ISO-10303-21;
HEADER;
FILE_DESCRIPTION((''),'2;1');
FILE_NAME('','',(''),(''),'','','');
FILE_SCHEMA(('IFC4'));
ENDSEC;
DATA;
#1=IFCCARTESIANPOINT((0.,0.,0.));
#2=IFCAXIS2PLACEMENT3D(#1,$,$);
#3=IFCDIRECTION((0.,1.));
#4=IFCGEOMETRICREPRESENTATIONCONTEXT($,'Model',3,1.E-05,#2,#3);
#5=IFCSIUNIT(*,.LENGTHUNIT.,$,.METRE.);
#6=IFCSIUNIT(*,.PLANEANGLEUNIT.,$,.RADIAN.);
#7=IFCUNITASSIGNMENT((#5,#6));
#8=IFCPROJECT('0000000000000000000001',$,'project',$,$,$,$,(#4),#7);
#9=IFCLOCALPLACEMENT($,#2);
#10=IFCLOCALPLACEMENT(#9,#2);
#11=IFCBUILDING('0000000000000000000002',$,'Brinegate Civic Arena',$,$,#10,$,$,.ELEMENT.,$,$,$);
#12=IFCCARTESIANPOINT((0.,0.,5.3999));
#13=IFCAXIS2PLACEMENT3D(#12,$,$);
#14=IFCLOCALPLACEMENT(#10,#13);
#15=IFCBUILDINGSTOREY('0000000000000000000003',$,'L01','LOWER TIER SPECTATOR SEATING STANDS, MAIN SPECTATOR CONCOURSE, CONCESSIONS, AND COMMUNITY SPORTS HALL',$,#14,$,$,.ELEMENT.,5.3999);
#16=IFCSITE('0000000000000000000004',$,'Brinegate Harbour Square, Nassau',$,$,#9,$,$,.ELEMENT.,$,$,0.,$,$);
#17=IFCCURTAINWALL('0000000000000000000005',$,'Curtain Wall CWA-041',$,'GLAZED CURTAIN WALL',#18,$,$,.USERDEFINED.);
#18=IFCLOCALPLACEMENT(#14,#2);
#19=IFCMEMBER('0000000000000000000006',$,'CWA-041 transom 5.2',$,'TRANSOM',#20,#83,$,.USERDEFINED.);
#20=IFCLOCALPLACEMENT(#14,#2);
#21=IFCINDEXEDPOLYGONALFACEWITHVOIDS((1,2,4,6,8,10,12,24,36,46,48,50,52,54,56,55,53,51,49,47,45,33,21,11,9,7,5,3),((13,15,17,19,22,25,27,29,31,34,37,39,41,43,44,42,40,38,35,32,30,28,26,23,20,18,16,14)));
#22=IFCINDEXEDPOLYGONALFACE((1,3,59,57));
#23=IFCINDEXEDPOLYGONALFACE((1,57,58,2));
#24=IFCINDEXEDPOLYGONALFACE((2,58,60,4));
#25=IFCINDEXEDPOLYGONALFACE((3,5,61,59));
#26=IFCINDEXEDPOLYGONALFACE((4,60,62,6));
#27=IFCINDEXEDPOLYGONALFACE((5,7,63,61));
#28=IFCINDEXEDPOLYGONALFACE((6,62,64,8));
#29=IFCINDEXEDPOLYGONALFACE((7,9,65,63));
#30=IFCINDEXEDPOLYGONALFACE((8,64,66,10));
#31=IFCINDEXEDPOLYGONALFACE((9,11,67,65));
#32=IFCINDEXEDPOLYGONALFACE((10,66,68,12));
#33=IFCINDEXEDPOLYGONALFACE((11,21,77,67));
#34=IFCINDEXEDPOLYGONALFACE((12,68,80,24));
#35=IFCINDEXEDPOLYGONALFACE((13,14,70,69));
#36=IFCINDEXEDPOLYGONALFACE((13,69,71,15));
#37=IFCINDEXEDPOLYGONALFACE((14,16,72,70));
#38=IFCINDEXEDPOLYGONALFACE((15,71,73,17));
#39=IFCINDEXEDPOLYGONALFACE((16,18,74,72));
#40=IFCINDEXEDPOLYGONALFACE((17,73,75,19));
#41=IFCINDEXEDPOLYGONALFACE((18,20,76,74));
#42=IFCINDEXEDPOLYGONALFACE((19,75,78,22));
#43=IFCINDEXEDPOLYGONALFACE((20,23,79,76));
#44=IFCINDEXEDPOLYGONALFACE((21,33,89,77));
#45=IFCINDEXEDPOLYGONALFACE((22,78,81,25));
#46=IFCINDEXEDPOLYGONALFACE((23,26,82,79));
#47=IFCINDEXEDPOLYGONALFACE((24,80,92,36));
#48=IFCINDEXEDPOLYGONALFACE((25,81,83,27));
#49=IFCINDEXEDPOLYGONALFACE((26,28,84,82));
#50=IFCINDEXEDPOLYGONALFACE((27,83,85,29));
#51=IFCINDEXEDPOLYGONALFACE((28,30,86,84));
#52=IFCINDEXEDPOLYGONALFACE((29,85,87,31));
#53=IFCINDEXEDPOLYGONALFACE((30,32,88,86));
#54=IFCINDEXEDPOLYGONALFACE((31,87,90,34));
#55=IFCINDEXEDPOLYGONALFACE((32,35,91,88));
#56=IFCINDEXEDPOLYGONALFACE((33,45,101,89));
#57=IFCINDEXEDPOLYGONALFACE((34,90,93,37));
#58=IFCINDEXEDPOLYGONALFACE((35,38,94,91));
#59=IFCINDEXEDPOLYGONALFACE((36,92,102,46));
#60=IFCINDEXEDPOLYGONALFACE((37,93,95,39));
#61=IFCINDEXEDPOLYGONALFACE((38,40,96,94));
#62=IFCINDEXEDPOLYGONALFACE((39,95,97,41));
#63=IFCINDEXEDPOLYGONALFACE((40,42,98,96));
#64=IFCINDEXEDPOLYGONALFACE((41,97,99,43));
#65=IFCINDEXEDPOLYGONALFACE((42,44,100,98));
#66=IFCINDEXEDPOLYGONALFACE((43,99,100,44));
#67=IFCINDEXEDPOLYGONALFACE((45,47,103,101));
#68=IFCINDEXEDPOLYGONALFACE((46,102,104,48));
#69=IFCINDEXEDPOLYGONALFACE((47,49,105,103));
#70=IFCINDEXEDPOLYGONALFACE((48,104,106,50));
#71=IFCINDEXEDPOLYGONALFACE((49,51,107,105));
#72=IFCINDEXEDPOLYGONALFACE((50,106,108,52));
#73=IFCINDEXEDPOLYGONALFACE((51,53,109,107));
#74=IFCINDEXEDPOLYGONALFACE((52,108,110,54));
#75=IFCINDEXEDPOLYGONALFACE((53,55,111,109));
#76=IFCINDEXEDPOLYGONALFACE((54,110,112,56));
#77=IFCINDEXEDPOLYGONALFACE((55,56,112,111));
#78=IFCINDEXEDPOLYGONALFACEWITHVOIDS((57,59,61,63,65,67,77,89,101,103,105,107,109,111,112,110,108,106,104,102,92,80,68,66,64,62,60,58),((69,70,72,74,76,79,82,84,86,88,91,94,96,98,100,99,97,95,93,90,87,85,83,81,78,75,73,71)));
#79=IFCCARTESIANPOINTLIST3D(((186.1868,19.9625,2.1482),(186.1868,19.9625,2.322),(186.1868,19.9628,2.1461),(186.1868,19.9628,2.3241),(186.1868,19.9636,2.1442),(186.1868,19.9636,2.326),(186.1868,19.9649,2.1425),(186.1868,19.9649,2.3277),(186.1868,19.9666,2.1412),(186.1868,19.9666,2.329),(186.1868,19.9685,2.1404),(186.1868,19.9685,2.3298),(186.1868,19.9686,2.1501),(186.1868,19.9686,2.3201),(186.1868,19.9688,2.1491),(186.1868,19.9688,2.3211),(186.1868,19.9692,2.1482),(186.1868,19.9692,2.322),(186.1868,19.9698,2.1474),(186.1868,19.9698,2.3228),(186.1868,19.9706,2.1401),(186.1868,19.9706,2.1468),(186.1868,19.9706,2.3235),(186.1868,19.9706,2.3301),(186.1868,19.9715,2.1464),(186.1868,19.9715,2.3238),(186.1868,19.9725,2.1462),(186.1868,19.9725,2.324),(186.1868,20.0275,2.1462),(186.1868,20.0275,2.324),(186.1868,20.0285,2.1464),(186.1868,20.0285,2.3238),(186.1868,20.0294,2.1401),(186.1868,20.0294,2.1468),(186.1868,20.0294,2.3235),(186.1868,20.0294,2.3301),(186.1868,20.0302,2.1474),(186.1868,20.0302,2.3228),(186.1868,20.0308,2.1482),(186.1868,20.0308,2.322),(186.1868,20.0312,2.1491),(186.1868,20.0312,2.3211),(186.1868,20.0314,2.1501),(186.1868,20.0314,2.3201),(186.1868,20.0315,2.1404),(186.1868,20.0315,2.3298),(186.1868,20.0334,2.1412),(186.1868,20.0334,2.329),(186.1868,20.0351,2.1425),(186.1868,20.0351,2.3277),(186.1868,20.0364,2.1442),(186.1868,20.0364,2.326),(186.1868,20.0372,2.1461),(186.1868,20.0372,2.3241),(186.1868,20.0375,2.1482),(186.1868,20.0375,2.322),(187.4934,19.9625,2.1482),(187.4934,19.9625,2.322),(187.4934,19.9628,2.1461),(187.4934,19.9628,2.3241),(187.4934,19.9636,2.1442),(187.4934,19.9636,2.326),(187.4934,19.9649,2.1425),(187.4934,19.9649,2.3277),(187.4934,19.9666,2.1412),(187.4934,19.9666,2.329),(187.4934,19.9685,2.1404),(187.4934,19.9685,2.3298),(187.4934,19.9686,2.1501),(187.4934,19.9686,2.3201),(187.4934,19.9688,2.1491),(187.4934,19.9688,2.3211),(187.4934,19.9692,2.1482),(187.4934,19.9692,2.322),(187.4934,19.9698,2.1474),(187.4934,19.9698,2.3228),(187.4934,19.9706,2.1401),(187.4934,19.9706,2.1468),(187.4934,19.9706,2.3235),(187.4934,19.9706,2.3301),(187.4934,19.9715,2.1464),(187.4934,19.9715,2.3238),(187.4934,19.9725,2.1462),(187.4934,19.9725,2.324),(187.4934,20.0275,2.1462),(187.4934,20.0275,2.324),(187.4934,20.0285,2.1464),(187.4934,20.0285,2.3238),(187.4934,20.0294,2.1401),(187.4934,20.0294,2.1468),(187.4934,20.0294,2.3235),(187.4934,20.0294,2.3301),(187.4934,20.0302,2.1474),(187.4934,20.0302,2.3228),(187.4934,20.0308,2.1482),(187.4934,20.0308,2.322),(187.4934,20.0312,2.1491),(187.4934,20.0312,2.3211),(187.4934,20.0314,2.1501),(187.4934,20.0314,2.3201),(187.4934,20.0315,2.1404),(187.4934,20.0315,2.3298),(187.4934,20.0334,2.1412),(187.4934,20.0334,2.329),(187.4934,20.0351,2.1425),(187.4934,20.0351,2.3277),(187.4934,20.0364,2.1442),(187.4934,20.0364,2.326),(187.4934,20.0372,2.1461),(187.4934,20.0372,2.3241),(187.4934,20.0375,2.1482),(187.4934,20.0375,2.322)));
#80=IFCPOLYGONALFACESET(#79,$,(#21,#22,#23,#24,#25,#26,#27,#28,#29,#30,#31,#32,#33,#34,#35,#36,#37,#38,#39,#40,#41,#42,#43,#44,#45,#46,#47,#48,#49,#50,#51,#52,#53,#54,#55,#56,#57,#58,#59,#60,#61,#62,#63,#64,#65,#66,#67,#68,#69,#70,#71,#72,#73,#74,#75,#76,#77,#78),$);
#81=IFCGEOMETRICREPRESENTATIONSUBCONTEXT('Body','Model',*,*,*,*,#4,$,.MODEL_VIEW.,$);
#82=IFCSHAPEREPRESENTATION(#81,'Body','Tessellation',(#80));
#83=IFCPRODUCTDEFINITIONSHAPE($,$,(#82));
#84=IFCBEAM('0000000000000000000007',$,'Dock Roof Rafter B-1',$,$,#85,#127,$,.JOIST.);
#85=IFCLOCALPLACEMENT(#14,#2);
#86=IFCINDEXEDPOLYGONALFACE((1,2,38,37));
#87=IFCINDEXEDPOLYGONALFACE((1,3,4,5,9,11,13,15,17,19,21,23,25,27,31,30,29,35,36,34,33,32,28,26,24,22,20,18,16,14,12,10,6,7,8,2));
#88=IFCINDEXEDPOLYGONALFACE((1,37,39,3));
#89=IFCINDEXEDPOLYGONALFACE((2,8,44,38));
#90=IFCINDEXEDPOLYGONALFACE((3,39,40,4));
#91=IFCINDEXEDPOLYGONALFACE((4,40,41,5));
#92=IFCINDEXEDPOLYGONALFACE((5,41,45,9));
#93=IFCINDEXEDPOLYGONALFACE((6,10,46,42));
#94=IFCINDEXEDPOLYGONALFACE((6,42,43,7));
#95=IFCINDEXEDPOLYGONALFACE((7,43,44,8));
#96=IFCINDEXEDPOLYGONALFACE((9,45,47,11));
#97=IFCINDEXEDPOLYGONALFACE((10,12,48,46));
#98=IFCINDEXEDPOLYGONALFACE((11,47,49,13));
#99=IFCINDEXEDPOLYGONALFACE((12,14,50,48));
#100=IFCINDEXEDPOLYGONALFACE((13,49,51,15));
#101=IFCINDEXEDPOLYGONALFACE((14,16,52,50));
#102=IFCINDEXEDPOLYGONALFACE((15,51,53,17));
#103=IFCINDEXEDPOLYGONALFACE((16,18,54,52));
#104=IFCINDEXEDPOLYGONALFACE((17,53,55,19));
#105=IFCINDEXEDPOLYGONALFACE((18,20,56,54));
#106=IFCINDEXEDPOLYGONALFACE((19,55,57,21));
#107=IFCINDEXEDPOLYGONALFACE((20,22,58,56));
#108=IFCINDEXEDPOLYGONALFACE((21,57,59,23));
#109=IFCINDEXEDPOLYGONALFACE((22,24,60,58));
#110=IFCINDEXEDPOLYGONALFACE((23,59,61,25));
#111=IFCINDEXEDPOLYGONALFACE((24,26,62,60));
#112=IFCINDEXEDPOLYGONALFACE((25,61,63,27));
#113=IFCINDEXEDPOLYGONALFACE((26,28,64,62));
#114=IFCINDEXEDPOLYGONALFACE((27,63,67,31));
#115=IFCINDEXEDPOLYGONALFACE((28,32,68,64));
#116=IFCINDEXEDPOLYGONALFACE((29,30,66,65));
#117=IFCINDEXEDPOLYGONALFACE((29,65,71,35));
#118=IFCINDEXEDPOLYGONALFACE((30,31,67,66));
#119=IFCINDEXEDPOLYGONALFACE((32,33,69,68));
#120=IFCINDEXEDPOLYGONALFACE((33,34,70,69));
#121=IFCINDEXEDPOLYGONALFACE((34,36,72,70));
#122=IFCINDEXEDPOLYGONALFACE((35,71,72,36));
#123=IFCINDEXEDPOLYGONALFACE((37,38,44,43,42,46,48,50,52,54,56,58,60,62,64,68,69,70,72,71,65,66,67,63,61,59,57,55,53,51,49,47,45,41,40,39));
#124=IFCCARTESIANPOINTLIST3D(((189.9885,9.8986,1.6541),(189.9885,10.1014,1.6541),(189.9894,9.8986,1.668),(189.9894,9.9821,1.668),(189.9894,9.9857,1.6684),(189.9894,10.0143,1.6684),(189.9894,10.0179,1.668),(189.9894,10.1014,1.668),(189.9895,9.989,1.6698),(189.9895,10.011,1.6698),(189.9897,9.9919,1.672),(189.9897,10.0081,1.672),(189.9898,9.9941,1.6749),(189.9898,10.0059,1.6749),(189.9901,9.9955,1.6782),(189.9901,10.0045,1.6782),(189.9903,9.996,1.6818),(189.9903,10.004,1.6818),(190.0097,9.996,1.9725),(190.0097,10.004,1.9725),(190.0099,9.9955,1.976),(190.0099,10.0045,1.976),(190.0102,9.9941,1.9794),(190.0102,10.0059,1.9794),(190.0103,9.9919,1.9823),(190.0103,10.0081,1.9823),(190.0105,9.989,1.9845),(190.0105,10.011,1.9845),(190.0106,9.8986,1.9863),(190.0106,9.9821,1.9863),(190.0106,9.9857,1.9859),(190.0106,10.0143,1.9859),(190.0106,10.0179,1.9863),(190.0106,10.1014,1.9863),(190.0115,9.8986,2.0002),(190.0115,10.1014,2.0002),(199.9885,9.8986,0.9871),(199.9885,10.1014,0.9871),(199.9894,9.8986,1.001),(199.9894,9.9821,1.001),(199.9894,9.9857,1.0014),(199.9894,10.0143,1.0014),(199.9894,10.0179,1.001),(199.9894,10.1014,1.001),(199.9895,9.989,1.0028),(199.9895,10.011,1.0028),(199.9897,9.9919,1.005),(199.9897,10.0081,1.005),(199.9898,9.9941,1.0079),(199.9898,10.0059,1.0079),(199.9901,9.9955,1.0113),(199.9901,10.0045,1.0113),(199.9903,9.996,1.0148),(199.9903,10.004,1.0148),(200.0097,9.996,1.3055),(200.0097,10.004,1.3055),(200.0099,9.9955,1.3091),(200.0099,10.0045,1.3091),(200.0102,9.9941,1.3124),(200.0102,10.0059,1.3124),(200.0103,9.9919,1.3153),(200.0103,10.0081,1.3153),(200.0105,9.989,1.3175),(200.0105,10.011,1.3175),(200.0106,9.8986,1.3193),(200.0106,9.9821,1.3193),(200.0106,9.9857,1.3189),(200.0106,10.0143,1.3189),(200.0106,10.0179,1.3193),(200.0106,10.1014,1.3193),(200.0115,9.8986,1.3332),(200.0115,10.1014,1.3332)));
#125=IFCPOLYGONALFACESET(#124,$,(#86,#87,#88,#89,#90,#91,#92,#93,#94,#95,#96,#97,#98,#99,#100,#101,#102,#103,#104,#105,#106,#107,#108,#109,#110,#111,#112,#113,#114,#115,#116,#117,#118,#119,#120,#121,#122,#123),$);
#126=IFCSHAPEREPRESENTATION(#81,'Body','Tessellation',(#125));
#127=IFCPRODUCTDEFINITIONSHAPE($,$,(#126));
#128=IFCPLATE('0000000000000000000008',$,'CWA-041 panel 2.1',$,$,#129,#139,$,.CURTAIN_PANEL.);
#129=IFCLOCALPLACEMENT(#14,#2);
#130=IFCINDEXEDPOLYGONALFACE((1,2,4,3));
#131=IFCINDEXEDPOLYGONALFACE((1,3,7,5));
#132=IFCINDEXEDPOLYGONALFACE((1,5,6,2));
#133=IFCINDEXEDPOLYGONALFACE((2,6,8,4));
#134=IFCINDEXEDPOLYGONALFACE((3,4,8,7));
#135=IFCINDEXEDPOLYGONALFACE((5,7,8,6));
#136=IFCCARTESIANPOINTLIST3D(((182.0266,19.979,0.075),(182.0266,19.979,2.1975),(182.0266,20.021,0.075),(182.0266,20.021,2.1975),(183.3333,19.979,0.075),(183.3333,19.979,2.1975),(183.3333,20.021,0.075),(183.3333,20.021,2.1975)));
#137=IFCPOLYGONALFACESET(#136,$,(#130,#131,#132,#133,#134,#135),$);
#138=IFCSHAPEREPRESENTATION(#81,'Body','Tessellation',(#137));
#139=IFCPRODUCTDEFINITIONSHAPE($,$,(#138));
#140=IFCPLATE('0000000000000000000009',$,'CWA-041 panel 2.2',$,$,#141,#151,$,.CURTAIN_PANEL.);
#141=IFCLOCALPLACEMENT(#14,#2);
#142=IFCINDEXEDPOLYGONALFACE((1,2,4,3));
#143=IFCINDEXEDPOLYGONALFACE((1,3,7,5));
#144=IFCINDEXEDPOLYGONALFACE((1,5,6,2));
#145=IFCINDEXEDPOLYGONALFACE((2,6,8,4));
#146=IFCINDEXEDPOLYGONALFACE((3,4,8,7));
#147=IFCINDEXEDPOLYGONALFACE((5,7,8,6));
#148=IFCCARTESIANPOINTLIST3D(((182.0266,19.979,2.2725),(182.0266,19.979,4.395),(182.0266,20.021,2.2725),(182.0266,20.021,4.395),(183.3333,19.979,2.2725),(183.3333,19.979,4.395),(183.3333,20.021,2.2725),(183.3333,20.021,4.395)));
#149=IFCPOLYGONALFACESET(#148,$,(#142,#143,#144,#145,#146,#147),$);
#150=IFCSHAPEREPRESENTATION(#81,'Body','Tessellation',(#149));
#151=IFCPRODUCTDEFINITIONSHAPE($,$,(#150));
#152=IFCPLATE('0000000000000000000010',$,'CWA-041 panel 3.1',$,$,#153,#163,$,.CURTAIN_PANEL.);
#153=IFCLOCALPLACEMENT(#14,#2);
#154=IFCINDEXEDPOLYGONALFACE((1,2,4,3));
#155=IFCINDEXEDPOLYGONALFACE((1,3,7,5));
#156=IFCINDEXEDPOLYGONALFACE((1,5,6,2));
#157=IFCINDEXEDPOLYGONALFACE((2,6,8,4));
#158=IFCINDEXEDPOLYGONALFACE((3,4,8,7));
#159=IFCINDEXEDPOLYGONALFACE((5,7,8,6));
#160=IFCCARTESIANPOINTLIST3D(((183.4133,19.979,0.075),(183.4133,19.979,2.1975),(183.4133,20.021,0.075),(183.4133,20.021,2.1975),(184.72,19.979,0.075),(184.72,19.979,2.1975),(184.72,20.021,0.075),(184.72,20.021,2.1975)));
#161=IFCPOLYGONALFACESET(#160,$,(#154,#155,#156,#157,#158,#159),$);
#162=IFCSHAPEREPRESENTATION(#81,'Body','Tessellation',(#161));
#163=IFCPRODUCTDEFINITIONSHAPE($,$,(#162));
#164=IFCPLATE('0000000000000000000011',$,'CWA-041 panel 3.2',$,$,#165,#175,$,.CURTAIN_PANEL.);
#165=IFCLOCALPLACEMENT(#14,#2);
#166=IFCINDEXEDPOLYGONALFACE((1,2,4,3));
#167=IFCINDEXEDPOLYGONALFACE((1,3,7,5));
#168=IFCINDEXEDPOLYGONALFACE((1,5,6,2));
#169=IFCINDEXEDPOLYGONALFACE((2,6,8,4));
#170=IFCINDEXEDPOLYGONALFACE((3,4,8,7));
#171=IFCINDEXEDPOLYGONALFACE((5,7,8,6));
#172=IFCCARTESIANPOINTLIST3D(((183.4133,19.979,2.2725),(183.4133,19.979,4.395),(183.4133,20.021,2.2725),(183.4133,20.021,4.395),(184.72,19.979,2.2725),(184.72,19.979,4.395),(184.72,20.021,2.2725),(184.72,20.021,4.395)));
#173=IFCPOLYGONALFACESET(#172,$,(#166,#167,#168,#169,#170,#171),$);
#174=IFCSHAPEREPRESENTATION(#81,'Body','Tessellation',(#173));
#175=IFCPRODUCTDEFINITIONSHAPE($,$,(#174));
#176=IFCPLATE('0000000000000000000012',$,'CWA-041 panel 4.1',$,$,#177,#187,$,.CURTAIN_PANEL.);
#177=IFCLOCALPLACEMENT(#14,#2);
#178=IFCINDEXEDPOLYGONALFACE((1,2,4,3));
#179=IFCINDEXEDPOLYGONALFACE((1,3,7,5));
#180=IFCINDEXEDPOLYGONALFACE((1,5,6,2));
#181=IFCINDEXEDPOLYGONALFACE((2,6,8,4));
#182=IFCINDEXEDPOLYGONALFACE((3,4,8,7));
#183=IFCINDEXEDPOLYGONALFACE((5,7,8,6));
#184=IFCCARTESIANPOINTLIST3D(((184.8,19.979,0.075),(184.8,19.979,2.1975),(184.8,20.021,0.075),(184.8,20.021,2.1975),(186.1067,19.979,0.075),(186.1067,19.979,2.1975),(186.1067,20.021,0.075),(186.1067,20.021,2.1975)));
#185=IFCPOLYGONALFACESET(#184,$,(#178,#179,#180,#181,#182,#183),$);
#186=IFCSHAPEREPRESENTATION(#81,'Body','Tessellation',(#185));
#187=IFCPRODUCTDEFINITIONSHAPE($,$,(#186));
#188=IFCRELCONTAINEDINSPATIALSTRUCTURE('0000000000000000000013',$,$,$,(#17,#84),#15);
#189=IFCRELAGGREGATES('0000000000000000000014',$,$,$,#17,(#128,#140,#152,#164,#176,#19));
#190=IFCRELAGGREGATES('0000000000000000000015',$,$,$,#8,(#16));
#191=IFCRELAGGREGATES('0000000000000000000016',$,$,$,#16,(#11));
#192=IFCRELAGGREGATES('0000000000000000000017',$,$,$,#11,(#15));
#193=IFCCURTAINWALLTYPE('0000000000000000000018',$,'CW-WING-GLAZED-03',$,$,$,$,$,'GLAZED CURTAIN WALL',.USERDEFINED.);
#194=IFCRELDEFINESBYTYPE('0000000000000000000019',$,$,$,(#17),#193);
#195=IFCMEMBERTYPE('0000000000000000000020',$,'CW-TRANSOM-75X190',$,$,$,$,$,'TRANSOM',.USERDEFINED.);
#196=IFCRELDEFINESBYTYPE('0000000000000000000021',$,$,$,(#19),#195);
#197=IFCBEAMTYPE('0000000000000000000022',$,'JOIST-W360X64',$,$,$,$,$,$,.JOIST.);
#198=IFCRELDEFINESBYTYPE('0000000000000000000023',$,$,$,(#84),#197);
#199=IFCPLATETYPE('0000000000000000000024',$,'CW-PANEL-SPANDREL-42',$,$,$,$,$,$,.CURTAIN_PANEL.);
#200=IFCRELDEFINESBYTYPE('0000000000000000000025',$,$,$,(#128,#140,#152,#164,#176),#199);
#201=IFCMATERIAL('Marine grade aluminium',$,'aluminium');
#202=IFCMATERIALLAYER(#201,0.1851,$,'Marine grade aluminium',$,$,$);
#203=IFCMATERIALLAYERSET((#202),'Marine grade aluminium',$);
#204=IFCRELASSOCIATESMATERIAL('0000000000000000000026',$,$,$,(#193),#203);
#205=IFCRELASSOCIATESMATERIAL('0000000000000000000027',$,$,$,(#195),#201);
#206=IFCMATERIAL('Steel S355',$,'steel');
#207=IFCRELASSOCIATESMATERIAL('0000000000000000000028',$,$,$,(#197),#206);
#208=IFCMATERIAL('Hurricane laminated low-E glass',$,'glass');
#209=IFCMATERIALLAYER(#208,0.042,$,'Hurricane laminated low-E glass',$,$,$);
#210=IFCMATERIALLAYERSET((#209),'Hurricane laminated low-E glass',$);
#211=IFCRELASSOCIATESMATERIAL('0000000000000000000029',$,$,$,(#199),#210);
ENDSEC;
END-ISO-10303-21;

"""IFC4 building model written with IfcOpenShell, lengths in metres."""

from ifc_helpers import new_model, si_unit, direction, frame, origin, origin_2d, place, context, subcontext, project, spatial, rectangle, hollow_rectangle, i_section, extrude, material, layer, layer_set, material_profile, profile_set, type_object, element, aggregate, save


model = new_model("IFC4")

# Units and contexts
model_context = context("Model", 3, precision=1e-05, world=origin(), true_north=direction((0.0, 1.0)))
body_context = subcontext(model_context, "Body", "Model", "MODEL_VIEW")
ifc_project = project(units=[si_unit("LENGTHUNIT", "METRE"), si_unit("PLANEANGLEUNIT", "RADIAN")], contexts=[model_context])

# Site, building, storey
site_placement = place(None, origin())
site = spatial("IfcSite", under=ifc_project, at=site_placement, Name="Brinegate Harbour Square, Nassau", CompositionType="ELEMENT", RefElevation=0.0)
building_placement = place(site_placement, origin())
building = spatial("IfcBuilding", under=site, at=building_placement, Name="Brinegate Civic Arena", CompositionType="ELEMENT")
storey_placement = place(building_placement, frame((0.0, 0.0, 5.3999)))
storey = spatial("IfcBuildingStorey", under=building, at=storey_placement, Name="L01", Description="LOWER TIER SPECTATOR SEATING STANDS, MAIN SPECTATOR CONCOURSE, CONCESSIONS, AND COMMUNITY SPORTS HALL", CompositionType="ELEMENT", Elevation=5.3999)

# Curtain wall, member
ifc_material_1 = material(Name="Marine grade aluminium", Category="aluminium")
ifc_layer_1 = layer(ifc_material_1, 0.1851, Name="Marine grade aluminium")
ifc_layer_set_1 = layer_set([ifc_layer_1], Name="Marine grade aluminium")
curtain_wall_type = type_object("IfcCurtainWallType", Name="CW-WING-GLAZED-03", ElementType="GLAZED CURTAIN WALL", PredefinedType="USERDEFINED", material=ifc_layer_set_1)
curtain_wall_placement = place(storey_placement, origin())
curtain_wall = element("IfcCurtainWall", 1, at=curtain_wall_placement, inside=storey, type_object=curtain_wall_type, Name="Curtain Wall CWA-041", ObjectType="GLAZED CURTAIN WALL", PredefinedType="USERDEFINED")
ifc_material_profile_1 = material_profile(ifc_material_1, hollow_rectangle(XDim=0.075, YDim=0.1899, WallThickness=0.0061, InnerFilletRadius=0.0039, OuterFilletRadius=0.0081, at=origin_2d()), Name="TRN75X190")
ifc_profile_set_1 = profile_set([ifc_material_profile_1], Name="Marine grade aluminium")
member_type_1 = type_object("IfcMemberType", Name="CW-TRANSOM-75X190", ElementType="TRANSOM", PredefinedType="USERDEFINED", material=ifc_profile_set_1)
member_1_placement = place(storey_placement, frame((186.1868, 20.0, 2.2351), z_axis=(1.0, 0.0, 0.0), x_axis=(0.0, 1.0, 0.0)))
member_1 = element("IfcMember", 2, at=member_1_placement, type_object=member_type_1, Name="CWA-041 transom 5.2", ObjectType="TRANSOM", PredefinedType="USERDEFINED", context=body_context, shape_type="SweptSolid", body=[
    extrude(hollow_rectangle(XDim=0.075, YDim=0.1899, WallThickness=0.0061, InnerFilletRadius=0.0039, OuterFilletRadius=0.0081, at=origin_2d()), origin(), (0.0, 0.0, 1.0), 1.3066),
])

# Beam
ifc_material_2 = material(Name="Steel S355", Category="steel")
ifc_material_profile_2 = material_profile(ifc_material_2, i_section(OverallWidth=0.2029, OverallDepth=0.3469, WebThickness=0.0081, FlangeThickness=0.0139, FilletRadius=0.0139, at=origin_2d()), Name="W360X64")
ifc_profile_set_2 = profile_set([ifc_material_profile_2], Name="Steel S355")
beam_type = type_object("IfcBeamType", Name="JOIST-W360X64", PredefinedType="JOIST", material=ifc_profile_set_2)
beam_placement = place(storey_placement, frame((190.0, 10.0, 1.8271), z_axis=(0.997783, 0.0, -0.066551), x_axis=(0.0, 1.0, 0.0)))
element("IfcBeam", 3, at=beam_placement, inside=storey, type_object=beam_type, Name="Dock Roof Rafter B-1", PredefinedType="JOIST", context=body_context, shape_type="SweptSolid", body=[
    extrude(i_section(OverallWidth=0.2029, OverallDepth=0.3469, WebThickness=0.0081, FlangeThickness=0.0139, FilletRadius=0.0139, at=origin_2d()), origin(), (0.0, 0.0, 1.0), 10.0222),
])

# Plates
ifc_material_3 = material(Name="Hurricane laminated low-E glass", Category="glass")
ifc_layer_2 = layer(ifc_material_3, 0.042, Name="Hurricane laminated low-E glass")
ifc_layer_set_2 = layer_set([ifc_layer_2], Name="Hurricane laminated low-E glass")
plate_type = type_object("IfcPlateType", Name="CW-PANEL-SPANDREL-42", PredefinedType="CURTAIN_PANEL", material=ifc_layer_set_2)
plate_1_placement = place(storey_placement, frame((182.6799, 20.0, 0.075), z_axis=(0.0, 0.0, 1.0), x_axis=(1.0, 0.0, 0.0)))
plate_1 = element("IfcPlate", 4, at=plate_1_placement, type_object=plate_type, Name="CWA-041 panel 2.1", PredefinedType="CURTAIN_PANEL", context=body_context, shape_type="SweptSolid", body=[
    extrude(rectangle(XDim=1.3066, YDim=0.042, at=origin_2d()), origin(), (0.0, 0.0, 1.0), 2.1226),
])
plate_2_placement = place(storey_placement, frame((182.6799, 20.0, 2.2725), z_axis=(0.0, 0.0, 1.0), x_axis=(1.0, 0.0, 0.0)))
plate_2 = element("IfcPlate", 5, at=plate_2_placement, type_object=plate_type, Name="CWA-041 panel 2.2", PredefinedType="CURTAIN_PANEL", context=body_context, shape_type="SweptSolid", body=[
    extrude(rectangle(XDim=1.3066, YDim=0.042, at=origin_2d()), origin(), (0.0, 0.0, 1.0), 2.1226),
])
plate_3_placement = place(storey_placement, frame((184.0667, 20.0, 0.075), z_axis=(0.0, 0.0, 1.0), x_axis=(1.0, 0.0, 0.0)))
plate_3 = element("IfcPlate", 6, at=plate_3_placement, type_object=plate_type, Name="CWA-041 panel 3.1", PredefinedType="CURTAIN_PANEL", context=body_context, shape_type="SweptSolid", body=[
    extrude(rectangle(XDim=1.3066, YDim=0.042, at=origin_2d()), origin(), (0.0, 0.0, 1.0), 2.1226),
])
plate_4_placement = place(storey_placement, frame((184.0667, 20.0, 2.2725), z_axis=(0.0, 0.0, 1.0), x_axis=(1.0, 0.0, 0.0)))
plate_4 = element("IfcPlate", 7, at=plate_4_placement, type_object=plate_type, Name="CWA-041 panel 3.2", PredefinedType="CURTAIN_PANEL", context=body_context, shape_type="SweptSolid", body=[
    extrude(rectangle(XDim=1.3066, YDim=0.042, at=origin_2d()), origin(), (0.0, 0.0, 1.0), 2.1226),
])
plate_5_placement = place(storey_placement, frame((185.4534, 20.0, 0.075), z_axis=(0.0, 0.0, 1.0), x_axis=(1.0, 0.0, 0.0)))
plate_5 = element("IfcPlate", 8, at=plate_5_placement, type_object=plate_type, Name="CWA-041 panel 4.1", PredefinedType="CURTAIN_PANEL", context=body_context, shape_type="SweptSolid", body=[
    extrude(rectangle(XDim=1.3066, YDim=0.042, at=origin_2d()), origin(), (0.0, 0.0, 1.0), 2.1226),
])
aggregate(curtain_wall, [plate_1, plate_2, plate_3, plate_4, plate_5, member_1])

save(model, "model.ifc")
